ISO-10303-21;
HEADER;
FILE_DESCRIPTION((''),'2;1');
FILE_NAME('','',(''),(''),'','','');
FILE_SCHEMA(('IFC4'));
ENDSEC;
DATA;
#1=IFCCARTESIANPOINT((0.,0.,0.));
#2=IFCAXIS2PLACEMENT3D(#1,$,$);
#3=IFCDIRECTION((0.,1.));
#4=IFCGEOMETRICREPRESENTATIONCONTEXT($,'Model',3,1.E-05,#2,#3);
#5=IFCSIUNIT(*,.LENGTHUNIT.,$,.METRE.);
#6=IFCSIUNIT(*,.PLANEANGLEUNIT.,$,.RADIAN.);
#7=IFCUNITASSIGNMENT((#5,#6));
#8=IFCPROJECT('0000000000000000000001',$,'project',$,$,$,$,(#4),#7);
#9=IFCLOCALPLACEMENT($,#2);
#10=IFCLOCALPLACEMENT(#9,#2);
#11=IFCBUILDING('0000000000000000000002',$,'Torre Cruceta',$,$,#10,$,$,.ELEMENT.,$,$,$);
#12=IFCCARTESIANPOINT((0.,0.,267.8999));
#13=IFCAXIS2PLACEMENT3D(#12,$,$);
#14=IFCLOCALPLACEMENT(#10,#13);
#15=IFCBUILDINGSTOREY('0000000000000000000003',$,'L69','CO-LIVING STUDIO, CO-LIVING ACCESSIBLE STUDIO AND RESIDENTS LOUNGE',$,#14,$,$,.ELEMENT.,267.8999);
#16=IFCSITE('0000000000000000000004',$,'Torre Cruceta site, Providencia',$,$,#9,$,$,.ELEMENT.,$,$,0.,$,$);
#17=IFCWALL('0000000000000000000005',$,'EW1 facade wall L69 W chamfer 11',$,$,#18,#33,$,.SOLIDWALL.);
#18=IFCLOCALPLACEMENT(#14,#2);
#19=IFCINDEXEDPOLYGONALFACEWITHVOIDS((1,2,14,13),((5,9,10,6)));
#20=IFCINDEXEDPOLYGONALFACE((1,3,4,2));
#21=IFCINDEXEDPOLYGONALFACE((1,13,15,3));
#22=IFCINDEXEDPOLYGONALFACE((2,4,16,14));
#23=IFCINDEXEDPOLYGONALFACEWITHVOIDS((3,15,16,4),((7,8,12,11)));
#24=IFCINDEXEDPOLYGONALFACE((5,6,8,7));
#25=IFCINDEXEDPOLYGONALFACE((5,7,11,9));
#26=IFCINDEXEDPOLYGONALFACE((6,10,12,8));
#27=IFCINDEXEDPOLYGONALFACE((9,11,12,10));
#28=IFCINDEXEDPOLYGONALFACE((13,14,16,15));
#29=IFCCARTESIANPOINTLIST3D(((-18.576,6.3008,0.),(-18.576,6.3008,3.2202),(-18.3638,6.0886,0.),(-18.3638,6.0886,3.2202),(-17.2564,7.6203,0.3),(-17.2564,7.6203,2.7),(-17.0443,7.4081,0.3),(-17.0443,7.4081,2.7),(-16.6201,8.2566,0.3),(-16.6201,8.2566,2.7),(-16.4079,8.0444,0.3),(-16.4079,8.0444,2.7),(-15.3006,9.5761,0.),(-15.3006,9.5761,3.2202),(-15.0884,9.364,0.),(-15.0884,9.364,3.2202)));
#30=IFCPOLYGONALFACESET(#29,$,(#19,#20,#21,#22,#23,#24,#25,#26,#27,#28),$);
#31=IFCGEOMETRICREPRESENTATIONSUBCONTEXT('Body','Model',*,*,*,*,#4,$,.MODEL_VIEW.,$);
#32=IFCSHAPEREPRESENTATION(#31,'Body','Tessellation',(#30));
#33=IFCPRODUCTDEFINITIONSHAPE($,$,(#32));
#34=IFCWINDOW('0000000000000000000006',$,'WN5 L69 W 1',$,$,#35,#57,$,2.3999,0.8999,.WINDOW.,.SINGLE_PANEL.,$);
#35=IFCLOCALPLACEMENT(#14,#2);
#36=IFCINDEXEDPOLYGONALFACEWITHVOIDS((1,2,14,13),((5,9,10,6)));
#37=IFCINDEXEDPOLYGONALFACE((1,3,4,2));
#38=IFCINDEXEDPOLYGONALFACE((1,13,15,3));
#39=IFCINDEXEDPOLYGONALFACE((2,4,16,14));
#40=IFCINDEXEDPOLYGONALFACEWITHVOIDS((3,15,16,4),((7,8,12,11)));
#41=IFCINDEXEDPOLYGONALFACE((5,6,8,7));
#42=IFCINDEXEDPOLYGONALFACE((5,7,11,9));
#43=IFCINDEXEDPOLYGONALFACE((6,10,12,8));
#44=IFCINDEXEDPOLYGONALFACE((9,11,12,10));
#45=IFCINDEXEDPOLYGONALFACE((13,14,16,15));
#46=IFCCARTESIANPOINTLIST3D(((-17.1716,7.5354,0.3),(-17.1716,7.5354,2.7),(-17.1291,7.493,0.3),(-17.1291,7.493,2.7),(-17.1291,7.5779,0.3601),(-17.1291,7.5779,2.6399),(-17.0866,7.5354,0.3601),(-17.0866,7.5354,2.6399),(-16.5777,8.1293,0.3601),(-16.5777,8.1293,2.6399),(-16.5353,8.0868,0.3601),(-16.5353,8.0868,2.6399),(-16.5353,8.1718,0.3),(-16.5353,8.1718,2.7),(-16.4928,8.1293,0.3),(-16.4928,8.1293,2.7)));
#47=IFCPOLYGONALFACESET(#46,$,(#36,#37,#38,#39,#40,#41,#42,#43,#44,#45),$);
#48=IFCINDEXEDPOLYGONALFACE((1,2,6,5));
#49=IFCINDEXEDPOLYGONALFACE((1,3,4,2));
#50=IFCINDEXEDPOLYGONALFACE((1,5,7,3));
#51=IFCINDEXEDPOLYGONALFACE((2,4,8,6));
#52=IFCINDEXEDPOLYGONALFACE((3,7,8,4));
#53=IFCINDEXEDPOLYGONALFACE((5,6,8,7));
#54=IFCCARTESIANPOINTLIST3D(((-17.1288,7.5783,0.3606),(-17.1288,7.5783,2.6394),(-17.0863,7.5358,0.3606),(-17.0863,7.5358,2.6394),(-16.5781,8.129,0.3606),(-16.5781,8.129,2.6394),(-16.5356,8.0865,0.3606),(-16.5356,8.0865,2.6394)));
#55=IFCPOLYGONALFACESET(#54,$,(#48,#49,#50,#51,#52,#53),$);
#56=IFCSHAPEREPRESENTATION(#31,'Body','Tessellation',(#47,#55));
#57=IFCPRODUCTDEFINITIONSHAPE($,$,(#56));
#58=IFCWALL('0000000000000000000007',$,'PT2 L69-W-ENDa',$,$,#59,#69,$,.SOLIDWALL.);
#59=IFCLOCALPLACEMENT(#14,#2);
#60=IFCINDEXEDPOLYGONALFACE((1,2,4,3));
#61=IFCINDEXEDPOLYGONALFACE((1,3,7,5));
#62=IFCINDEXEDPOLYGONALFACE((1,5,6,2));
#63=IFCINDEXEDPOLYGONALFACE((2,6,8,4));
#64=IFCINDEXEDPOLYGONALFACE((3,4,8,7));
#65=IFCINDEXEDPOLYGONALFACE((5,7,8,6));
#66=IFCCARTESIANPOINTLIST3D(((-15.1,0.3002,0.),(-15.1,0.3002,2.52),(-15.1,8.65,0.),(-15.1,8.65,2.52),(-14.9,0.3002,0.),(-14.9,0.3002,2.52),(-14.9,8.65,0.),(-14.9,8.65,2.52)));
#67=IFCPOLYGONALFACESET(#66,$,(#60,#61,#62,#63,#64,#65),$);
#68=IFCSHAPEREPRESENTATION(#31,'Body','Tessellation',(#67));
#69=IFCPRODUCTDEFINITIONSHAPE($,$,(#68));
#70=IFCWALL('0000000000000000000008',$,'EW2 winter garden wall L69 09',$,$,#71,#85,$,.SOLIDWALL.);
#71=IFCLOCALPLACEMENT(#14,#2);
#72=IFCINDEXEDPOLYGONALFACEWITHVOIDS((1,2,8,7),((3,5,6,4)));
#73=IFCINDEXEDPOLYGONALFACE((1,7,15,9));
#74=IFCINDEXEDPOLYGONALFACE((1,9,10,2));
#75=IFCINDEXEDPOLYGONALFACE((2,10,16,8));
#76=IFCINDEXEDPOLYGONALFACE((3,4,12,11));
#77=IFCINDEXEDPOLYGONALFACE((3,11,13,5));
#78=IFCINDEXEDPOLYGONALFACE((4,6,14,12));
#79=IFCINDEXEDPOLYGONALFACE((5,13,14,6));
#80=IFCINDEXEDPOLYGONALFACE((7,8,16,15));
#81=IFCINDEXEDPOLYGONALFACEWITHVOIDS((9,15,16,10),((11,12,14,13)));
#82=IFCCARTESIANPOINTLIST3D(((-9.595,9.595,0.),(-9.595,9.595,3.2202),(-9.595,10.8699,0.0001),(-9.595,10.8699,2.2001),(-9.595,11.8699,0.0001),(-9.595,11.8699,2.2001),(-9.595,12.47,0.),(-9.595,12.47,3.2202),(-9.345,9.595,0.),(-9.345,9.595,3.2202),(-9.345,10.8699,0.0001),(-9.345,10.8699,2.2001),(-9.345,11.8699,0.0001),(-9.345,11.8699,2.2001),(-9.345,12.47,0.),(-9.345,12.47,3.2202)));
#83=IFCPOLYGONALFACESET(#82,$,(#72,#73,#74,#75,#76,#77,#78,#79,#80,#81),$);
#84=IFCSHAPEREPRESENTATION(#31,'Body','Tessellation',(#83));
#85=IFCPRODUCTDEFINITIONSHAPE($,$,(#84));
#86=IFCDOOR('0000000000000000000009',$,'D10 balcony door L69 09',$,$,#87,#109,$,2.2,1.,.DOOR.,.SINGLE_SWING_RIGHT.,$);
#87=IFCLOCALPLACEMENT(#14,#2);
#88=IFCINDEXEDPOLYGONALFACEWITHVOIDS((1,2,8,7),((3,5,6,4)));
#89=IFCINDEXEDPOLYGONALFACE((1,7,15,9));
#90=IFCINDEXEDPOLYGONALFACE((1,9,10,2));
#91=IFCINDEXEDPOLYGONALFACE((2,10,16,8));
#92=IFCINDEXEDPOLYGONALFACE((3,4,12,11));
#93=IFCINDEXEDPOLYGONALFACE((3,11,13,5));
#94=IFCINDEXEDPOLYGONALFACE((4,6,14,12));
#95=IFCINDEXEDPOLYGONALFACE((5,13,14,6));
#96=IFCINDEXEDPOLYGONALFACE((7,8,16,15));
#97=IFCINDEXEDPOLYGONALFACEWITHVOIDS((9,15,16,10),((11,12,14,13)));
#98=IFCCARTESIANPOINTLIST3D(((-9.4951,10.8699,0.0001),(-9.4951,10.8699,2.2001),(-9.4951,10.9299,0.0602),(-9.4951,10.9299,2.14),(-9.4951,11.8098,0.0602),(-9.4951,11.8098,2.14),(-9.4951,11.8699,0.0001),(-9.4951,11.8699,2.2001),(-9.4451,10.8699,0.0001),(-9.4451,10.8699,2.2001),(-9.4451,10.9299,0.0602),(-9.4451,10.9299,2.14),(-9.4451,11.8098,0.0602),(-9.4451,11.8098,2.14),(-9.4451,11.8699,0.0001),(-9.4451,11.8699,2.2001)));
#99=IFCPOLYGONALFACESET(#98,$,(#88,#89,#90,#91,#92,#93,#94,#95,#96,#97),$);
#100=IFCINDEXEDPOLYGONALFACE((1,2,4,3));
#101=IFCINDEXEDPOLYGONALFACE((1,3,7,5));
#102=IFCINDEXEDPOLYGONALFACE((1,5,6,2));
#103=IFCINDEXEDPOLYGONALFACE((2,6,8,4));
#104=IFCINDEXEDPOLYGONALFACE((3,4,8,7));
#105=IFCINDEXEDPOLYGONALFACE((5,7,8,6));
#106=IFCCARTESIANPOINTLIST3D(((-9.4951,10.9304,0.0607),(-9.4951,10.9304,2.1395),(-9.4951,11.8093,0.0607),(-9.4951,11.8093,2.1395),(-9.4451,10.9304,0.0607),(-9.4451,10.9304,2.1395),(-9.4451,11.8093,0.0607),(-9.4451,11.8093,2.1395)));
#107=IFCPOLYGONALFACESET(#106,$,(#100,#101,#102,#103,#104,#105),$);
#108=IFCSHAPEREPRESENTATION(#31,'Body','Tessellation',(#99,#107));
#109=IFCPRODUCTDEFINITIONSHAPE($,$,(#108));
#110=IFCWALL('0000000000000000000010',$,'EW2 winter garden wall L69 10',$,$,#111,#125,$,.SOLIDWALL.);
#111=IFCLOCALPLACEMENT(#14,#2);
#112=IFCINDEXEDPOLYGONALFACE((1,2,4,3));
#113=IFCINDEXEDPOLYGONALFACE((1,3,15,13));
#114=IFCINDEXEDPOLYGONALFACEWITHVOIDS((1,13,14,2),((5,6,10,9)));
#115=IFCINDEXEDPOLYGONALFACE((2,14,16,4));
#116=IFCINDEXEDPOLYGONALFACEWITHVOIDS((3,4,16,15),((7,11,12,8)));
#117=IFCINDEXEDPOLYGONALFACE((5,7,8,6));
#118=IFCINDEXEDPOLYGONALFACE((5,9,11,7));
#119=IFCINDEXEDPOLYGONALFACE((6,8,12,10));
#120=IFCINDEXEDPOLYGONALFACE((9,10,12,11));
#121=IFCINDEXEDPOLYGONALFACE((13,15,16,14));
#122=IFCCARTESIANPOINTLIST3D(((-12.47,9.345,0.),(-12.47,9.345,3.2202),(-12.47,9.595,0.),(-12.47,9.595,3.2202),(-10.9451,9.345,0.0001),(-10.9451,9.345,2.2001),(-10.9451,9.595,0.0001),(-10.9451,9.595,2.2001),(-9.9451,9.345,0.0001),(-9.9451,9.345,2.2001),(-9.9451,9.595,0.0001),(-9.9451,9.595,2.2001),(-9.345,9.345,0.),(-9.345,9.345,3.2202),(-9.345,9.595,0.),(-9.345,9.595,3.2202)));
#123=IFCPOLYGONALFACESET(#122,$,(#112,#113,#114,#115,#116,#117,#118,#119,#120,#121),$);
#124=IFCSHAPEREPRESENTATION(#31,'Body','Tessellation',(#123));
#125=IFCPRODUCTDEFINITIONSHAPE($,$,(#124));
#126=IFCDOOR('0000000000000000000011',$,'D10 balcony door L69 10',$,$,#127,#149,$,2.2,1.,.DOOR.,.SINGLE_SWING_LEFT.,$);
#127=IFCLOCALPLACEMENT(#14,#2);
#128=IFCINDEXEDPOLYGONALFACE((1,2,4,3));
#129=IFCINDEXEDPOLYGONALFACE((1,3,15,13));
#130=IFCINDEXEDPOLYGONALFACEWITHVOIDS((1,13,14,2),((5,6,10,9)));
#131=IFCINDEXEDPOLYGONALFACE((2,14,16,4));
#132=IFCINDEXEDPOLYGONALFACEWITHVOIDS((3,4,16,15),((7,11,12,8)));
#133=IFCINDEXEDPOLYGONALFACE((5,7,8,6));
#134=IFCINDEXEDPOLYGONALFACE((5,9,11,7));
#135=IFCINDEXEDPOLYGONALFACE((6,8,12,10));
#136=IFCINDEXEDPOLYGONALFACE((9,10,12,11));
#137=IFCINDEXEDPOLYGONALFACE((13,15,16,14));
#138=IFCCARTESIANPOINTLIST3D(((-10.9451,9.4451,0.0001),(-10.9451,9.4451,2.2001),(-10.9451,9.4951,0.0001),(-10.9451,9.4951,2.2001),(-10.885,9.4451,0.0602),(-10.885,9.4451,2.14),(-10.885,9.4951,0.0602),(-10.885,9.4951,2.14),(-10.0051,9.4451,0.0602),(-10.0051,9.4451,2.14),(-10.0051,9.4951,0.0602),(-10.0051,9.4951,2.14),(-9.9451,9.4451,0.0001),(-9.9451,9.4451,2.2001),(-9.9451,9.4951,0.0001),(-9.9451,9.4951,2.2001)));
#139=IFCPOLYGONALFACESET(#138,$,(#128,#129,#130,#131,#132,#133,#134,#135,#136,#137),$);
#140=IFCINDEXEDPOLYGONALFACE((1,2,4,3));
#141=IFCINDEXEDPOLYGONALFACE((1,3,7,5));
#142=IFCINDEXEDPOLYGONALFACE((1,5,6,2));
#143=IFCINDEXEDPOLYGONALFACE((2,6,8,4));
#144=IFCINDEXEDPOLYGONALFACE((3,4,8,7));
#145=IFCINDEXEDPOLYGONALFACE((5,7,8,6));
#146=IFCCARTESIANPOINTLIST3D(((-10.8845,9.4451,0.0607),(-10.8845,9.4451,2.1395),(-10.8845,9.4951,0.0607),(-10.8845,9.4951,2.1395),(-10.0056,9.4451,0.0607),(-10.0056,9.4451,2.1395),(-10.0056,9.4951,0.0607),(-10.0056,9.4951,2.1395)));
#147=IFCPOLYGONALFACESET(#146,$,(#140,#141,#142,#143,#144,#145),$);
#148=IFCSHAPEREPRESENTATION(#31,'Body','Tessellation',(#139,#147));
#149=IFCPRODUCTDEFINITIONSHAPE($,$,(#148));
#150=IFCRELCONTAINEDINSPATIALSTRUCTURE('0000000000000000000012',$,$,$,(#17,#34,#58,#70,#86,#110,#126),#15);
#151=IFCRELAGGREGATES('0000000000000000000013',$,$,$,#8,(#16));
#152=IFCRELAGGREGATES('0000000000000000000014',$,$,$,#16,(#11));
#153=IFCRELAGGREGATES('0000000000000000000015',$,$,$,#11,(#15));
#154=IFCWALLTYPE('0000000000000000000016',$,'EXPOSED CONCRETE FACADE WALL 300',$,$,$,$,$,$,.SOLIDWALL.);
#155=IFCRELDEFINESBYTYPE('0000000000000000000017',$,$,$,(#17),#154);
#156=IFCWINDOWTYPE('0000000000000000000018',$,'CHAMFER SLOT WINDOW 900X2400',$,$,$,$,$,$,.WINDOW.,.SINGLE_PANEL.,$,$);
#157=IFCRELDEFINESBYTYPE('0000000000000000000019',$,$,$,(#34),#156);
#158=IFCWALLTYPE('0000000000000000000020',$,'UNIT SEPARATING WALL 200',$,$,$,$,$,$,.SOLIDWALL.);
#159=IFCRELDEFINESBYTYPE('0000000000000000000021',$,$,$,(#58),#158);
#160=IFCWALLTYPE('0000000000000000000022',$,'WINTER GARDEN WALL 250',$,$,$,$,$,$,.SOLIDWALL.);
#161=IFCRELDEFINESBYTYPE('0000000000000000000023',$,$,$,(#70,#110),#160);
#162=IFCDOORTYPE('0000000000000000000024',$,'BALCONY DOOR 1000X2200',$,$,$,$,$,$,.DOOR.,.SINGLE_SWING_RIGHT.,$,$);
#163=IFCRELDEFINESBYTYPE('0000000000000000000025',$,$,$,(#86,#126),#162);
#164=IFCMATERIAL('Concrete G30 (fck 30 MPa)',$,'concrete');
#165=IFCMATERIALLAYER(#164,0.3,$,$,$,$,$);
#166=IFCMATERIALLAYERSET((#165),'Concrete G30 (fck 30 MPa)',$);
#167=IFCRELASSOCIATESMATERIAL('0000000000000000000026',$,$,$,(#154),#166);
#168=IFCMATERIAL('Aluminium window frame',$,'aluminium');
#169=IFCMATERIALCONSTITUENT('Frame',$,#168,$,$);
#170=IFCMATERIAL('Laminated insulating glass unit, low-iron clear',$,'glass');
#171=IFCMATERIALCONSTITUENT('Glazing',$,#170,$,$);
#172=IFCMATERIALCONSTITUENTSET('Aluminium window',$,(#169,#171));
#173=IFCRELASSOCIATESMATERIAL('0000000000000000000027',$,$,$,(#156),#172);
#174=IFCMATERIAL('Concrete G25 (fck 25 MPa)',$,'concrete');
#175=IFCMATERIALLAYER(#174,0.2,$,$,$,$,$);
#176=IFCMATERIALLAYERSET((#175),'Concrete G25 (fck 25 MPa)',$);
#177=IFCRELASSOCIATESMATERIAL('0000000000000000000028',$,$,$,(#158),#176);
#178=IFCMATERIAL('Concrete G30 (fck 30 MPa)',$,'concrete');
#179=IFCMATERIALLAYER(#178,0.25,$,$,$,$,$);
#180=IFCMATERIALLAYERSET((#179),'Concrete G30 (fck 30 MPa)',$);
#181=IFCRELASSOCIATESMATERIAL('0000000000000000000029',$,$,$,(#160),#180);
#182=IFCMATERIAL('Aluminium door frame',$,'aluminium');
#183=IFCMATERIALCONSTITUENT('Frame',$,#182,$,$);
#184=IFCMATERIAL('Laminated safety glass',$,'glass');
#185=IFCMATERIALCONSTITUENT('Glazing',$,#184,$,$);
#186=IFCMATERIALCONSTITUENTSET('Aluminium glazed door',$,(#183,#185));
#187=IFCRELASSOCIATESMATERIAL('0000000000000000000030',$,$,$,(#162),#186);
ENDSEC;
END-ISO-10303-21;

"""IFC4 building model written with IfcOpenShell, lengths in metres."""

from ifc_helpers import new_model, si_unit, direction, frame, frame_2d, origin, place, context, subcontext, project, spatial, rectangle, hollow_rectangle, extrude, material, layer, layer_set, constituent, constituent_set, type_object, element, fill, save


model = new_model("IFC4")

# Units and contexts
model_context = context("Model", 3, precision=1e-05, world=origin(), true_north=direction((0.0, 1.0)))
body_context = subcontext(model_context, "Body", "Model", "MODEL_VIEW")
ifc_project = project(units=[si_unit("LENGTHUNIT", "METRE"), si_unit("PLANEANGLEUNIT", "RADIAN")], contexts=[model_context])

# Site, building, storey
site_placement = place(None, origin())
site = spatial("IfcSite", under=ifc_project, at=site_placement, Name="Torre Cruceta site, Providencia", CompositionType="ELEMENT", RefElevation=0.0)
building_placement = place(site_placement, origin())
building = spatial("IfcBuilding", under=site, at=building_placement, Name="Torre Cruceta", CompositionType="ELEMENT")
storey_placement = place(building_placement, frame((0.0, 0.0, 267.8999)))
storey = spatial("IfcBuildingStorey", under=building, at=storey_placement, Name="L69", Description="CO-LIVING STUDIO, CO-LIVING ACCESSIBLE STUDIO AND RESIDENTS LOUNGE", CompositionType="ELEMENT", Elevation=267.8999)

# Wall, opening, window
ifc_material_1 = material(Name="Concrete G30 (fck 30 MPa)", Category="concrete")
ifc_layer_1 = layer(ifc_material_1, 0.3)
ifc_layer_set_1 = layer_set([ifc_layer_1], Name="Concrete G30 (fck 30 MPa)")
wall_type_1 = type_object("IfcWallType", Name="EXPOSED CONCRETE FACADE WALL 300", PredefinedType="SOLIDWALL", material=ifc_layer_set_1)
wall_1_placement = place(storey_placement, frame((-15.1946, 9.47, 0.0), z_axis=(0.0, 0.0, 1.0), x_axis=(-0.707107, -0.707107, 0.0)))
wall_1 = element("IfcWall", 1, at=wall_1_placement, inside=storey, type_object=wall_type_1, Name="EW1 facade wall L69 W chamfer 11", PredefinedType="SOLIDWALL", context=body_context, shape_type="SweptSolid", body=[
    extrude(rectangle(XDim=4.6321, YDim=0.3, at=frame_2d((2.3159, 0.0))), origin(), (0.0, 0.0, 1.0), 3.2202),
])
opening_1_placement = place(wall_1_placement, frame((1.866, 0.0, 0.3)))
opening_1 = element("IfcOpeningElement", 2, at=opening_1_placement, cuts=wall_1, PredefinedType="OPENING", context=body_context, shape_type="SweptSolid", body=[
    extrude(rectangle(XDim=0.8999, YDim=2.3999, at=frame_2d((0.45, 1.2))), frame((0.0, 0.1599, 0.0), z_axis=(0.0, -1.0, 0.0), x_axis=(1.0, 0.0, 0.0)), (0.0, 0.0, 1.0), 0.3201),
])
ifc_material_2 = material(Name="Aluminium window frame", Category="aluminium")
ifc_constituent_1 = constituent(ifc_material_2, Name="Frame")
ifc_material_3 = material(Name="Laminated insulating glass unit, low-iron clear", Category="glass")
ifc_constituent_2 = constituent(ifc_material_3, Name="Glazing")
ifc_constituent_set_1 = constituent_set(constituents=[ifc_constituent_1, ifc_constituent_2], Name="Aluminium window")
window_type = type_object("IfcWindowType", Name="CHAMFER SLOT WINDOW 900X2400", PartitioningType="SINGLE_PANEL", PredefinedType="WINDOW", material=ifc_constituent_set_1)
window_placement = place(opening_1_placement, origin())
window = element("IfcWindow", 3, at=window_placement, inside=storey, type_object=window_type, Name="WN5 L69 W 1", OverallHeight=2.3999, OverallWidth=0.8999, PartitioningType="SINGLE_PANEL", PredefinedType="WINDOW", context=body_context, shape_type="SweptSolid", body=[
    extrude(hollow_rectangle(XDim=0.8999, YDim=2.3999, WallThickness=0.0601, at=frame_2d((0.45, 1.2))), frame((0.0, 0.03, 0.0), z_axis=(0.0, -1.0, 0.0), x_axis=(1.0, 0.0, 0.0)), (0.0, 0.0, 1.0), 0.0601),
    extrude(rectangle(XDim=0.7788, YDim=2.2788, at=frame_2d((0.45, 1.2))), frame((0.0, 0.03, 0.0), z_axis=(0.0, -1.0, 0.0), x_axis=(1.0, 0.0, 0.0)), (0.0, 0.0, 1.0), 0.0601),
])
fill(opening_1, window)

# Wall
ifc_material_4 = material(Name="Concrete G25 (fck 25 MPa)", Category="concrete")
ifc_layer_2 = layer(ifc_material_4, 0.2)
ifc_layer_set_2 = layer_set([ifc_layer_2], Name="Concrete G25 (fck 25 MPa)")
wall_type_2 = type_object("IfcWallType", Name="UNIT SEPARATING WALL 200", PredefinedType="SOLIDWALL", material=ifc_layer_set_2)
wall_2_placement = place(storey_placement, frame((-15.0, 8.6499, 0.0), z_axis=(0.0, 0.0, 1.0), x_axis=(0.0, -1.0, 0.0)))
element("IfcWall", 4, at=wall_2_placement, inside=storey, type_object=wall_type_2, Name="PT2 L69-W-ENDa", PredefinedType="SOLIDWALL", context=body_context, shape_type="SweptSolid", body=[
    extrude(rectangle(XDim=8.3499, YDim=0.2, at=frame_2d((4.1748, 0.0))), origin(), (0.0, 0.0, 1.0), 2.52),
])

# Walls, openings, doors
ifc_material_5 = material(Name="Concrete G30 (fck 30 MPa)", Category="concrete")
ifc_layer_3 = layer(ifc_material_5, 0.25)
ifc_layer_set_3 = layer_set([ifc_layer_3], Name="Concrete G30 (fck 30 MPa)")
wall_type_3 = type_object("IfcWallType", Name="WINTER GARDEN WALL 250", PredefinedType="SOLIDWALL", material=ifc_layer_set_3)
wall_3_placement = place(storey_placement, frame((-9.47, 12.47, 0.0), z_axis=(0.0, 0.0, 1.0), x_axis=(0.0, -1.0, 0.0)))
wall_3 = element("IfcWall", 5, at=wall_3_placement, inside=storey, type_object=wall_type_3, Name="EW2 winter garden wall L69 09", PredefinedType="SOLIDWALL", context=body_context, shape_type="SweptSolid", body=[
    extrude(rectangle(XDim=2.875, YDim=0.25, at=frame_2d((1.4375, 0.0))), origin(), (0.0, 0.0, 1.0), 3.2202),
])
opening_2_placement = place(wall_3_placement, frame((0.6001, 0.0, 0.0)))
opening_2 = element("IfcOpeningElement", 6, at=opening_2_placement, cuts=wall_3, PredefinedType="OPENING", context=body_context, shape_type="SweptSolid", body=[
    extrude(rectangle(XDim=1.0, YDim=2.2, at=frame_2d((0.5, 1.1001))), frame((0.0, 0.135, 0.0), z_axis=(0.0, -1.0, 0.0), x_axis=(1.0, 0.0, 0.0)), (0.0, 0.0, 1.0), 0.27),
])
ifc_material_6 = material(Name="Aluminium door frame", Category="aluminium")
ifc_constituent_3 = constituent(ifc_material_6, Name="Frame")
ifc_material_7 = material(Name="Laminated safety glass", Category="glass")
ifc_constituent_4 = constituent(ifc_material_7, Name="Glazing")
ifc_constituent_set_2 = constituent_set(constituents=[ifc_constituent_3, ifc_constituent_4], Name="Aluminium glazed door")
door_type_1 = type_object("IfcDoorType", Name="BALCONY DOOR 1000X2200", OperationType="SINGLE_SWING_RIGHT", PredefinedType="DOOR", material=ifc_constituent_set_2)
door_1_placement = place(opening_2_placement, origin())
door_1 = element("IfcDoor", 7, at=door_1_placement, inside=storey, type_object=door_type_1, Name="D10 balcony door L69 09", OperationType="SINGLE_SWING_RIGHT", OverallHeight=2.2, OverallWidth=1.0, PredefinedType="DOOR", context=body_context, shape_type="SweptSolid", body=[
    extrude(hollow_rectangle(XDim=1.0, YDim=2.2, WallThickness=0.0601, at=frame_2d((0.5, 1.1001))), frame((0.0, 0.0249, 0.0), z_axis=(0.0, -1.0, 0.0), x_axis=(1.0, 0.0, 0.0)), (0.0, 0.0, 1.0), 0.05),
    extrude(rectangle(XDim=0.8789, YDim=2.0789, at=frame_2d((0.5, 1.1001))), frame((0.0, 0.0249, 0.0), z_axis=(0.0, -1.0, 0.0), x_axis=(1.0, 0.0, 0.0)), (0.0, 0.0, 1.0), 0.05),
])
fill(opening_2, door_1)
wall_4_placement = place(storey_placement, frame((-9.345, 9.47, 0.0), z_axis=(0.0, 0.0, 1.0), x_axis=(-1.0, 0.0, 0.0)))
wall_4 = element("IfcWall", 8, at=wall_4_placement, inside=storey, type_object=wall_type_3, Name="EW2 winter garden wall L69 10", PredefinedType="SOLIDWALL", context=body_context, shape_type="SweptSolid", body=[
    extrude(rectangle(XDim=3.125, YDim=0.25, at=frame_2d((1.5625, 0.0))), origin(), (0.0, 0.0, 1.0), 3.2202),
])
opening_3_placement = place(wall_4_placement, frame((0.6001, 0.0, 0.0)))
opening_3 = element("IfcOpeningElement", 9, at=opening_3_placement, cuts=wall_4, PredefinedType="OPENING", context=body_context, shape_type="SweptSolid", body=[
    extrude(rectangle(XDim=1.0, YDim=2.2, at=frame_2d((0.5, 1.1001))), frame((0.0, 0.135, 0.0), z_axis=(0.0, -1.0, 0.0), x_axis=(1.0, 0.0, 0.0)), (0.0, 0.0, 1.0), 0.27),
])
door_2_placement = place(opening_3_placement, origin())
door_2 = element("IfcDoor", 10, at=door_2_placement, inside=storey, type_object=door_type_1, Name="D10 balcony door L69 10", OperationType="SINGLE_SWING_LEFT", OverallHeight=2.2, OverallWidth=1.0, PredefinedType="DOOR", context=body_context, shape_type="SweptSolid", body=[
    extrude(hollow_rectangle(XDim=1.0, YDim=2.2, WallThickness=0.0601, at=frame_2d((0.5, 1.1001))), frame((0.0, 0.0249, 0.0), z_axis=(0.0, -1.0, 0.0), x_axis=(1.0, 0.0, 0.0)), (0.0, 0.0, 1.0), 0.05),
    extrude(rectangle(XDim=0.8789, YDim=2.0789, at=frame_2d((0.5, 1.1001))), frame((0.0, 0.0249, 0.0), z_axis=(0.0, -1.0, 0.0), x_axis=(1.0, 0.0, 0.0)), (0.0, 0.0, 1.0), 0.05),
])
fill(opening_3, door_2)

save(model, "model.ifc")
